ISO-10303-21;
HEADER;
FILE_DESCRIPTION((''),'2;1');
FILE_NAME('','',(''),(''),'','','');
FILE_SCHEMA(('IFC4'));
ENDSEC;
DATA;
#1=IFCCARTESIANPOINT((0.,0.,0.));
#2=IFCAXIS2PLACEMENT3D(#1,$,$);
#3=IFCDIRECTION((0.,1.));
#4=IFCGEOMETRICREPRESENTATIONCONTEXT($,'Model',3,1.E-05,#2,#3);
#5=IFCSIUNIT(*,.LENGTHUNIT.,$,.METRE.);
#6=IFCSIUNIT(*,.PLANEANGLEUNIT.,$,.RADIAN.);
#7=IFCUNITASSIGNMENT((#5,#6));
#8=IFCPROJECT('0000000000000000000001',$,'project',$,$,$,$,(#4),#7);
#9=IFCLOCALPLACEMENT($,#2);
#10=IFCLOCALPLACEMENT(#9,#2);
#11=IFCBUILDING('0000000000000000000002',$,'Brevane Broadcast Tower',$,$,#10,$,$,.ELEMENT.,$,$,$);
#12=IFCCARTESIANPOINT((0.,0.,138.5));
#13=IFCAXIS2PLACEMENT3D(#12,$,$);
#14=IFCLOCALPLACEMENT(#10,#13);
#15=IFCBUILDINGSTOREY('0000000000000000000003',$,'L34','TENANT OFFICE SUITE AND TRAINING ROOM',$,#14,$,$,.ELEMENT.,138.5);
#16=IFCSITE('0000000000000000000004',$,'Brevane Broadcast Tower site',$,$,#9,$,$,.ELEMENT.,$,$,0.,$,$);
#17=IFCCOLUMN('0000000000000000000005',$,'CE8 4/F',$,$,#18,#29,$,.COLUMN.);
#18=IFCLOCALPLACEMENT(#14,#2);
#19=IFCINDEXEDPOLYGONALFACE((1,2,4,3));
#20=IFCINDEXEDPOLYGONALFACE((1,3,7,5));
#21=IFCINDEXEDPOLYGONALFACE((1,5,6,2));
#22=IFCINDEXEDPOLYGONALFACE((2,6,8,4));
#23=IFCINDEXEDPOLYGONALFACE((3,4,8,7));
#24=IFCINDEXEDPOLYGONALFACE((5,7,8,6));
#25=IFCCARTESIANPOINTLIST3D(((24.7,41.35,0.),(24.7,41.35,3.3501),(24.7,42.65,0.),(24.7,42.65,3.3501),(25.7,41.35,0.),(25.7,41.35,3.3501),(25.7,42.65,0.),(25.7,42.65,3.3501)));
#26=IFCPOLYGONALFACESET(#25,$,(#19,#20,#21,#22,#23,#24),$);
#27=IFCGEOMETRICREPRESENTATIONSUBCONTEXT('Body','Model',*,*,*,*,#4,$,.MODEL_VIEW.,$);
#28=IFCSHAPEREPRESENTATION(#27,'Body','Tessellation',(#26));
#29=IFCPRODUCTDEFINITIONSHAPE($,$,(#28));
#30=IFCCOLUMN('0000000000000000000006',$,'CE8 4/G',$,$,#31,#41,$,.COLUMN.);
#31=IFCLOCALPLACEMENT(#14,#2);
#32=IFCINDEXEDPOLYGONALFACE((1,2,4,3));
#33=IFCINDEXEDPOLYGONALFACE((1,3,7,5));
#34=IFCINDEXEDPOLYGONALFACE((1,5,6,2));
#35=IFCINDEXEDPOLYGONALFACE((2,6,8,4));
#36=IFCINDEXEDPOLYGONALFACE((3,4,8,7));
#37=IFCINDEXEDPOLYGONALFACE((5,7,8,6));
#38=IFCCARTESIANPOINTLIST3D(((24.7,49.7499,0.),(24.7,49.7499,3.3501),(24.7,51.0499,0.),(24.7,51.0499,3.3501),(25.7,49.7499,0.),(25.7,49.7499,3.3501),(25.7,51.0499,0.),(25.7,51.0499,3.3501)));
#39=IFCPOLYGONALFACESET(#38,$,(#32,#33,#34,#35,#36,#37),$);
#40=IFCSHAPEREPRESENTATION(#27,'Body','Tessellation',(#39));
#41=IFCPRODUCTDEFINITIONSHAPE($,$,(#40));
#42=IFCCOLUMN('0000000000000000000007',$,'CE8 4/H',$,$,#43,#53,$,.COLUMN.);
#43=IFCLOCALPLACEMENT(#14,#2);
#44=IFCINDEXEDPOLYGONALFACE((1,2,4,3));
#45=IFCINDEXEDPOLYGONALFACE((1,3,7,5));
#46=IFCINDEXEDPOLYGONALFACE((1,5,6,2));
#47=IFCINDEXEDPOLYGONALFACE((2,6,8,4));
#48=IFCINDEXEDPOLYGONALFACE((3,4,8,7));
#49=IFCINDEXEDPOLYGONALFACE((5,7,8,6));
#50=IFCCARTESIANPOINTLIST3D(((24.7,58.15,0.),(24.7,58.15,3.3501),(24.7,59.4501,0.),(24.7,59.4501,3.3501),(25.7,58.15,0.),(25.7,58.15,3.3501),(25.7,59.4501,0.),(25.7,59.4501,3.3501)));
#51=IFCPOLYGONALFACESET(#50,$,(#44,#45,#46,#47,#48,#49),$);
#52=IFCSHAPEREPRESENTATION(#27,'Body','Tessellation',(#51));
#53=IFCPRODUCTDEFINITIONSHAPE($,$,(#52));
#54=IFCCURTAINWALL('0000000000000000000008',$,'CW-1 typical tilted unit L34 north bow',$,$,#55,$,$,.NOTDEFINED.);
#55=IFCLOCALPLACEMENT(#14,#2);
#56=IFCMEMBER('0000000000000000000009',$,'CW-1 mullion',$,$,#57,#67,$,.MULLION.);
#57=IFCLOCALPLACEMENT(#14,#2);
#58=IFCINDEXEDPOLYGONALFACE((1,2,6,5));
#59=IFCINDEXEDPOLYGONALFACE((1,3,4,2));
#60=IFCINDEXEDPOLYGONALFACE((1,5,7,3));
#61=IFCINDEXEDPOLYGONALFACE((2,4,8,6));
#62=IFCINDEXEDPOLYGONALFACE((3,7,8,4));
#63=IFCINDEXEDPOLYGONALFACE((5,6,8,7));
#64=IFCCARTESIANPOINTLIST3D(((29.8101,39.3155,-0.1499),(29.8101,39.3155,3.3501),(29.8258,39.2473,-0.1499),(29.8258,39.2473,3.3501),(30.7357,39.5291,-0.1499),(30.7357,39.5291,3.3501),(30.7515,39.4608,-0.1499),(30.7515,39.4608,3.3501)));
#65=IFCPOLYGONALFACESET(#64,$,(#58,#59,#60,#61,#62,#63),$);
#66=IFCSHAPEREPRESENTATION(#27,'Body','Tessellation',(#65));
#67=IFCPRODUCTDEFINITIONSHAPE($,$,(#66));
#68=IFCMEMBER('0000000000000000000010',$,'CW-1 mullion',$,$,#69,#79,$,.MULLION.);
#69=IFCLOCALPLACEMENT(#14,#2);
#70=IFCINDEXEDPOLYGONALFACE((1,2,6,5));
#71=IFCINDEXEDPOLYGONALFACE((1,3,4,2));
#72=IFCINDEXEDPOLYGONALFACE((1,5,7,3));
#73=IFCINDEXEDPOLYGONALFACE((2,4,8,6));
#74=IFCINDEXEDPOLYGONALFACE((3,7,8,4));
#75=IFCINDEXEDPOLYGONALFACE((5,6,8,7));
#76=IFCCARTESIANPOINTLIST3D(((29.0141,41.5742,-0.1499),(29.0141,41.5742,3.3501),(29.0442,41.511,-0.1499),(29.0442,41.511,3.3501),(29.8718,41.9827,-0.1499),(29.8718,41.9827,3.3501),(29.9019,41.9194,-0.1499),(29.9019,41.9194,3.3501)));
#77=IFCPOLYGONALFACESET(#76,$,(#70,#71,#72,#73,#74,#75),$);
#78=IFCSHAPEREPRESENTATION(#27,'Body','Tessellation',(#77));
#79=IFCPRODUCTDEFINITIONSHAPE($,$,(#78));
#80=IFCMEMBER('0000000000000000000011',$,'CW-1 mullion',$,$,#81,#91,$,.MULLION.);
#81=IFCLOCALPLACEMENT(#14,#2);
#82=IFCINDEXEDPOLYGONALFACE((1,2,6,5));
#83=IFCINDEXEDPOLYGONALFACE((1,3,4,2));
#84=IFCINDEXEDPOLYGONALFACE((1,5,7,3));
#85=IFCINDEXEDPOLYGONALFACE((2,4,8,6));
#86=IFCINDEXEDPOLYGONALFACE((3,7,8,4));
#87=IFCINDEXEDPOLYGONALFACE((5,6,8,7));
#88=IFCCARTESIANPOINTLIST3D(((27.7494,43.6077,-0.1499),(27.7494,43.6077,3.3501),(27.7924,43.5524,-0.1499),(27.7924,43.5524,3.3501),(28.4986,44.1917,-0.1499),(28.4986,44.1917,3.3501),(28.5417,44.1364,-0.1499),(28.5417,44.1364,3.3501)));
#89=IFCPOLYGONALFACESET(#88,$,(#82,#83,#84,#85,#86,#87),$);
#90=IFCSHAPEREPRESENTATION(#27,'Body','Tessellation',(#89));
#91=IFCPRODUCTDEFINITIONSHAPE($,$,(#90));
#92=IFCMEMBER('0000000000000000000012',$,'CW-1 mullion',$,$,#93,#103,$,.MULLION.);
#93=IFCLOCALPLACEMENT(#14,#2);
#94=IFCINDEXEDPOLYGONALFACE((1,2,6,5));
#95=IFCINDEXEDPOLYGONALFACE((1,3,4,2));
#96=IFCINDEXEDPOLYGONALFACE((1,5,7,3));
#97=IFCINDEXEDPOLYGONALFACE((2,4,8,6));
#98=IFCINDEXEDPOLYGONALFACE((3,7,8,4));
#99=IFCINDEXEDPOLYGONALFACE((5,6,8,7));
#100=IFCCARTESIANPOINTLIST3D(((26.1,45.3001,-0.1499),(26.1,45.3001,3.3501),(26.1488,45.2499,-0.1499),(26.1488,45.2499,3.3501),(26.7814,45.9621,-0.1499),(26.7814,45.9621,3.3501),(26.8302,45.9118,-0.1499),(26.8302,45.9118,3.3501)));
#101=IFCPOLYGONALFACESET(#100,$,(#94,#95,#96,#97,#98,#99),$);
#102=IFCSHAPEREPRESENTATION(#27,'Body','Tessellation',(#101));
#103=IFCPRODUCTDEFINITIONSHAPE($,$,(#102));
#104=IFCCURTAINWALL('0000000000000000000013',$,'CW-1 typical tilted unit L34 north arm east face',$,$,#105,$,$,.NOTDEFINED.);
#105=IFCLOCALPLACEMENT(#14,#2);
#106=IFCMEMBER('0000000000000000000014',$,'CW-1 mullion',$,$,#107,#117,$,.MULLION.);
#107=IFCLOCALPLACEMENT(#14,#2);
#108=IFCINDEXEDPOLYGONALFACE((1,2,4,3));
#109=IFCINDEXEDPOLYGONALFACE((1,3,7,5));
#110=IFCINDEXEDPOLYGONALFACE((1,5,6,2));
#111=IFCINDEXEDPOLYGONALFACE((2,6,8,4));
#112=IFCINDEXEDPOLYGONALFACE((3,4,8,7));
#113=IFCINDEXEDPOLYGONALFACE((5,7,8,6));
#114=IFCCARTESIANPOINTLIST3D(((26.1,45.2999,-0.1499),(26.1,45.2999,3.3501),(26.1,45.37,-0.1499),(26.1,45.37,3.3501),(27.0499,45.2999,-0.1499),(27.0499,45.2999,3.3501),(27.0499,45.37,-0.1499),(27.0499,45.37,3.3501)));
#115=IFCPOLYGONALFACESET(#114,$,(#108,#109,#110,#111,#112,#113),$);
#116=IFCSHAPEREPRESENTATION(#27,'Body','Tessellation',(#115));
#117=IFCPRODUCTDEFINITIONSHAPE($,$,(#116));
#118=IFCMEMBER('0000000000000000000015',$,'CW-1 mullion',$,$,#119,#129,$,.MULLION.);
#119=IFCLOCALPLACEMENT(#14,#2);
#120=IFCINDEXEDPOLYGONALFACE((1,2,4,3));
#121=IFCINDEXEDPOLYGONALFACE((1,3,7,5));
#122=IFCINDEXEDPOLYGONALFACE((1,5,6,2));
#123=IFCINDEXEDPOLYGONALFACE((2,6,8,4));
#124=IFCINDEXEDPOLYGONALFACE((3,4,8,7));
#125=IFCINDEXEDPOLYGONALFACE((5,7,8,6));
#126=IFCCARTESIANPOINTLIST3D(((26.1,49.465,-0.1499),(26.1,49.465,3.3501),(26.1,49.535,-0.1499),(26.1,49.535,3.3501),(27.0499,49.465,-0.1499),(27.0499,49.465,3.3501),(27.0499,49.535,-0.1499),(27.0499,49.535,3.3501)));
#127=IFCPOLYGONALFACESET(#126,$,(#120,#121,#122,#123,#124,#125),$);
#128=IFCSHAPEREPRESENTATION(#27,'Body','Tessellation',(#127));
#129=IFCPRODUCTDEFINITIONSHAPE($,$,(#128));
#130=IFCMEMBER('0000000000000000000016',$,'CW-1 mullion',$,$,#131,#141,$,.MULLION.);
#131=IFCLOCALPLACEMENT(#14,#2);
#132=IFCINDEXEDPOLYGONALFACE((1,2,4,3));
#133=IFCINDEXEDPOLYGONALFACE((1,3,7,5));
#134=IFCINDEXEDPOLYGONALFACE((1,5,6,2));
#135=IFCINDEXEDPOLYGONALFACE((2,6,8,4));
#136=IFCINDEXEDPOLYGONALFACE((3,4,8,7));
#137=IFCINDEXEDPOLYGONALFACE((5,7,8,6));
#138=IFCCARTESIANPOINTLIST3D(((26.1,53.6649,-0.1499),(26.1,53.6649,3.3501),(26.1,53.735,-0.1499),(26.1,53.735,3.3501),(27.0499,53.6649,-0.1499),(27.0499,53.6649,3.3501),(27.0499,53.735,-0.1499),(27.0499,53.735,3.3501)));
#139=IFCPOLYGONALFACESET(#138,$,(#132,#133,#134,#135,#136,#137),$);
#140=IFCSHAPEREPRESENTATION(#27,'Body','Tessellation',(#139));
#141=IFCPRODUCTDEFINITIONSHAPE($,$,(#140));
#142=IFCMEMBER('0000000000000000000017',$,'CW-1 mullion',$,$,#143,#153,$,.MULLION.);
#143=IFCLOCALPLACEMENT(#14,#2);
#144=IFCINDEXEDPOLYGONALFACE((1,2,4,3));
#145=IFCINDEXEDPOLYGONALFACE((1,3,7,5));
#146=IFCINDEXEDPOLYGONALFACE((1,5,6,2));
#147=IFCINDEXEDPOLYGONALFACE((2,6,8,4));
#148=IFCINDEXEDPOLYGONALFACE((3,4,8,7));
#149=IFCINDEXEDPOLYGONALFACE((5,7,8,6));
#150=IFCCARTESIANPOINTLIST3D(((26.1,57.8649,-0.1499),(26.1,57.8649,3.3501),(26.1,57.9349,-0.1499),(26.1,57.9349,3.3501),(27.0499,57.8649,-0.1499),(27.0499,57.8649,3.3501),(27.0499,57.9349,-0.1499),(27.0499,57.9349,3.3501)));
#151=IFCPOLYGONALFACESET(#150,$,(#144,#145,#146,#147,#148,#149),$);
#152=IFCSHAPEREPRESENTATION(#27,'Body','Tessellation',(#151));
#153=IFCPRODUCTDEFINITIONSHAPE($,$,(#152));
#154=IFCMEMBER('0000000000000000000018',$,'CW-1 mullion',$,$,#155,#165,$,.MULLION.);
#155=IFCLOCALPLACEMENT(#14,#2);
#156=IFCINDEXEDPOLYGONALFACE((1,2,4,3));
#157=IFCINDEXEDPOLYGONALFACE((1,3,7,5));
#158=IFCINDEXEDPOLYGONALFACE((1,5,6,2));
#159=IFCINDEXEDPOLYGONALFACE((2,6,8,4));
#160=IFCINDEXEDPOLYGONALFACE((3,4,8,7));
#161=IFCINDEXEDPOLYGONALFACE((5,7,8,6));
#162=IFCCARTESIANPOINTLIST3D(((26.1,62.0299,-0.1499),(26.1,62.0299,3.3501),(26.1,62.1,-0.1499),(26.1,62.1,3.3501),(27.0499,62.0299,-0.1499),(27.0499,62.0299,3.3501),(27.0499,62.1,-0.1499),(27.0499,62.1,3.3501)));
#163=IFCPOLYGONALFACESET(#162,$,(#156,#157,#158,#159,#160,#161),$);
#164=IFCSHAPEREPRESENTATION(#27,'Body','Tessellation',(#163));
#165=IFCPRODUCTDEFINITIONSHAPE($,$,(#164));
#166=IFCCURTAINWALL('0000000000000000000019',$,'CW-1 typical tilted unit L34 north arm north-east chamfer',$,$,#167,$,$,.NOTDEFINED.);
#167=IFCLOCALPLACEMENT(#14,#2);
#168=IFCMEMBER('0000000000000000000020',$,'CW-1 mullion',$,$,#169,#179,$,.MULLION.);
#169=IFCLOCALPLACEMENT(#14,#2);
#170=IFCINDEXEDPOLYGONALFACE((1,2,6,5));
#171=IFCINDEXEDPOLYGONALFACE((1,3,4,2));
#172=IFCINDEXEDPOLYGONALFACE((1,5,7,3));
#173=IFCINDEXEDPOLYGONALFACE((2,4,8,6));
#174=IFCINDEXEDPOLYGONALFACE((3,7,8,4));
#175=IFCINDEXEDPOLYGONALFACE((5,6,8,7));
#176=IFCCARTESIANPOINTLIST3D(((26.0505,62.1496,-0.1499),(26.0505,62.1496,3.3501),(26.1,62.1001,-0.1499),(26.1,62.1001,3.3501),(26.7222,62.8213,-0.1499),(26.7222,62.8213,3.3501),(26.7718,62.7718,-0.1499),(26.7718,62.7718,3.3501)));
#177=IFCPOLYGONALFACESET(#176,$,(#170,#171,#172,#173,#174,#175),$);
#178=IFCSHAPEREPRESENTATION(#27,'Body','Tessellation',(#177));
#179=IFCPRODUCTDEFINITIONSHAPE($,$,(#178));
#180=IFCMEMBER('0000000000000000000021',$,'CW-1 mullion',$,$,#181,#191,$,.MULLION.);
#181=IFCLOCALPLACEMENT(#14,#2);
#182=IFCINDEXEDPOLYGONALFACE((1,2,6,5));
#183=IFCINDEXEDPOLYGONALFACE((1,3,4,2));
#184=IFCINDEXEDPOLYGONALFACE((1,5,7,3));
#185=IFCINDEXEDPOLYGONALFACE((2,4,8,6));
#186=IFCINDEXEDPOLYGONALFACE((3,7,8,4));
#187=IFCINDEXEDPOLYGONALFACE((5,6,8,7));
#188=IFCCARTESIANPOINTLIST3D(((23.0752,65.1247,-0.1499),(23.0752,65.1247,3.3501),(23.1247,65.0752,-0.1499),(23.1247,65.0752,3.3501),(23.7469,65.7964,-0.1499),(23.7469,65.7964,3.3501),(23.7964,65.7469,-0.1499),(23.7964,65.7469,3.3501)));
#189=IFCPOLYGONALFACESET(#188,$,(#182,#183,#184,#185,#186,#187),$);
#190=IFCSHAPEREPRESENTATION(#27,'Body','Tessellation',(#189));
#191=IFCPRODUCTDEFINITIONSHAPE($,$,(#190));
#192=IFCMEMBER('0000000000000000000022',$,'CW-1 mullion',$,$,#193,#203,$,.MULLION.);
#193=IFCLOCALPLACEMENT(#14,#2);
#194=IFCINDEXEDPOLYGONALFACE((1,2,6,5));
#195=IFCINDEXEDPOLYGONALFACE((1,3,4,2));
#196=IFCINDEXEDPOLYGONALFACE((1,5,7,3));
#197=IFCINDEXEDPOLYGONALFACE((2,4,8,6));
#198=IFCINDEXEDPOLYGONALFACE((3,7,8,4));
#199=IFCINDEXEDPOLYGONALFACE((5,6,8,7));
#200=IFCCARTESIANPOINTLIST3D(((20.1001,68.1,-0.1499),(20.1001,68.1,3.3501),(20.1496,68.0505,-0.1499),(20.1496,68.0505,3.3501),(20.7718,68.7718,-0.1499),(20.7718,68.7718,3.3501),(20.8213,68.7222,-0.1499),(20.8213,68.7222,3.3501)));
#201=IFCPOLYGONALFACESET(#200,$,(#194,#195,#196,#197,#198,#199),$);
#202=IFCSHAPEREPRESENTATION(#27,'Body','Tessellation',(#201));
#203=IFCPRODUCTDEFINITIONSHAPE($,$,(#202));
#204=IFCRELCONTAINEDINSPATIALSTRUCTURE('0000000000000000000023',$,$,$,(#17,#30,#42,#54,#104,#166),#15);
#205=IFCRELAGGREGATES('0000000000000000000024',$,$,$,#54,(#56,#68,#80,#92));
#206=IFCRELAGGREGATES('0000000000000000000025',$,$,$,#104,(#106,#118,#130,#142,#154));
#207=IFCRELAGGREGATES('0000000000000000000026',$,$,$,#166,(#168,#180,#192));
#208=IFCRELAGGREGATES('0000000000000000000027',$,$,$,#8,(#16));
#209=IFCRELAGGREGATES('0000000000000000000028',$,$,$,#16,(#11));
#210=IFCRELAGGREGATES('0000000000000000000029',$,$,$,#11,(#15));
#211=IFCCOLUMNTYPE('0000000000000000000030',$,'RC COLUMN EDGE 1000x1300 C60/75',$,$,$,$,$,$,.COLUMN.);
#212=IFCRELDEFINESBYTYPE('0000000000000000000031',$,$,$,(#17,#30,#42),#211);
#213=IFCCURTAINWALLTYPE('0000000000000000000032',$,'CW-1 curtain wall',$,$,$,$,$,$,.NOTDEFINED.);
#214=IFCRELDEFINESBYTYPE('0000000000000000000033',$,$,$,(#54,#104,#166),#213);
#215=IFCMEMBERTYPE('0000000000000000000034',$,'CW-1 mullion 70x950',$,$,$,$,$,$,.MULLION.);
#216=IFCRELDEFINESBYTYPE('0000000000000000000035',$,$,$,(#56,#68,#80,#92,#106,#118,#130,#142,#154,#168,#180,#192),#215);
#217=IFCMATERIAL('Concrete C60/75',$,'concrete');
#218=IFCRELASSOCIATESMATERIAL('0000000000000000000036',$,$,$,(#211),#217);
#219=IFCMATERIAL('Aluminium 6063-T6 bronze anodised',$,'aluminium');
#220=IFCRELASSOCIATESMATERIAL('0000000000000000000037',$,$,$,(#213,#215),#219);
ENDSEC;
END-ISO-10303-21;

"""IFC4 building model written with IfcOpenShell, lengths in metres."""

from ifc_helpers import new_model, si_unit, direction, frame, origin, origin_2d, place, context, subcontext, project, spatial, rectangle, extrude, material, material_profile, profile_set, type_object, element, aggregate, save


model = new_model("IFC4")

# Units and contexts
model_context = context("Model", 3, precision=1e-05, world=origin(), true_north=direction((0.0, 1.0)))
body_context = subcontext(model_context, "Body", "Model", "MODEL_VIEW")
ifc_project = project(units=[si_unit("LENGTHUNIT", "METRE"), si_unit("PLANEANGLEUNIT", "RADIAN")], contexts=[model_context])

# Site, building, storey
site_placement = place(None, origin())
site = spatial("IfcSite", under=ifc_project, at=site_placement, Name="Brevane Broadcast Tower site", CompositionType="ELEMENT", RefElevation=0.0)
building_placement = place(site_placement, origin())
building = spatial("IfcBuilding", under=site, at=building_placement, Name="Brevane Broadcast Tower", CompositionType="ELEMENT")
storey_placement = place(building_placement, frame((0.0, 0.0, 138.5)))
storey = spatial("IfcBuildingStorey", under=building, at=storey_placement, Name="L34", Description="TENANT OFFICE SUITE AND TRAINING ROOM", CompositionType="ELEMENT", Elevation=138.5)

# Columns
ifc_material_1 = material(Name="Concrete C60/75", Category="concrete")
ifc_material_profile_1 = material_profile(ifc_material_1, rectangle(XDim=1.0, YDim=1.3, at=origin_2d()), Name="RC 1000x1300")
ifc_profile_set_1 = profile_set([ifc_material_profile_1], Name="Concrete C60/75")
column_type = type_object("IfcColumnType", Name="RC COLUMN EDGE 1000x1300 C60/75", PredefinedType="COLUMN", material=ifc_profile_set_1)
for number, where, z_axis, x_axis, name in (
    (1, (25.2, 42.0, 0.0), (0.0, 0.0, 1.0), (1.0, 0.0, 0.0), "CE8 4/F"),
    (2, (25.2, 50.3999, 0.0), (0.0, 0.0, 1.0), (1.0, 0.0, 0.0), "CE8 4/G"),
    (3, (25.2, 58.8, 0.0), (0.0, 0.0, 1.0), (1.0, 0.0, 0.0), "CE8 4/H"),
):
    element("IfcColumn", number, at=place(storey_placement, frame(where, z_axis=z_axis, x_axis=x_axis)), inside=storey, type_object=column_type, Name=name, PredefinedType="COLUMN", context=body_context, shape_type="SweptSolid", body=[
        extrude(rectangle(XDim=1.0, YDim=1.3, at=origin_2d()), origin(), (0.0, 0.0, 1.0), 3.3501),
    ])

# Curtain walls, members
ifc_material_2 = material(Name="Aluminium 6063-T6 bronze anodised", Category="aluminium")
curtain_wall_type = type_object("IfcCurtainWallType", Name="CW-1 curtain wall", PredefinedType="NOTDEFINED", material=ifc_material_2)
curtain_wall_1_placement = place(storey_placement, origin())
curtain_wall_1 = element("IfcCurtainWall", 4, at=curtain_wall_1_placement, inside=storey, type_object=curtain_wall_type, Name="CW-1 typical tilted unit L34 north bow", PredefinedType="NOTDEFINED")
ifc_material_profile_2 = material_profile(ifc_material_2, rectangle(XDim=0.95, YDim=0.0701, at=origin_2d()), Name="RECT 70x950")
ifc_profile_set_2 = profile_set([ifc_material_profile_2], Name="Aluminium 6063-T6 bronze anodised")
member_type_1 = type_object("IfcMemberType", Name="CW-1 mullion 70x950", PredefinedType="MULLION", material=ifc_profile_set_2)
member_1_placement = place(storey_placement, frame((30.2808, 39.3882, -0.1499), z_axis=(0.0, 0.0, 1.0), x_axis=(-0.974403, -0.224806, 0.0)))
member_1 = element("IfcMember", 5, at=member_1_placement, type_object=member_type_1, Name="CW-1 mullion", PredefinedType="MULLION", context=body_context, shape_type="SweptSolid", body=[
    extrude(rectangle(XDim=0.95, YDim=0.0701, at=origin_2d()), origin(), (0.0, 0.0, 1.0), 3.5),
])
member_2_placement = place(storey_placement, frame((29.458, 41.7468, -0.1499), z_axis=(0.0, 0.0, 1.0), x_axis=(-0.902861, -0.429934, 0.0)))
member_2 = element("IfcMember", 6, at=member_2_placement, type_object=member_type_1, Name="CW-1 mullion", PredefinedType="MULLION", context=body_context, shape_type="SweptSolid", body=[
    extrude(rectangle(XDim=0.95, YDim=0.0701, at=origin_2d()), origin(), (0.0, 0.0, 1.0), 3.5),
])
member_3_placement = place(storey_placement, frame((28.1455, 43.8721, -0.1499), z_axis=(0.0, 0.0, 1.0), x_axis=(-0.788707, -0.61477, 0.0)))
member_3 = element("IfcMember", 7, at=member_3_placement, type_object=member_type_1, Name="CW-1 mullion", PredefinedType="MULLION", context=body_context, shape_type="SweptSolid", body=[
    extrude(rectangle(XDim=0.95, YDim=0.0701, at=origin_2d()), origin(), (0.0, 0.0, 1.0), 3.5),
])
member_4_placement = place(storey_placement, frame((26.4651, 45.606, -0.1499), z_axis=(0.0, 0.0, 1.0), x_axis=(-0.717254, -0.696812, 0.0)))
member_4 = element("IfcMember", 8, at=member_4_placement, type_object=member_type_1, Name="CW-1 mullion", PredefinedType="MULLION", context=body_context, shape_type="SweptSolid", body=[
    extrude(rectangle(XDim=0.95, YDim=0.0701, at=origin_2d()), origin(), (0.0, 0.0, 1.0), 3.5),
])
curtain_wall_2_placement = place(storey_placement, origin())
curtain_wall_2 = element("IfcCurtainWall", 9, at=curtain_wall_2_placement, inside=storey, type_object=curtain_wall_type, Name="CW-1 typical tilted unit L34 north arm east face", PredefinedType="NOTDEFINED")
member_5_placement = place(storey_placement, frame((26.575, 45.335, -0.1499), z_axis=(0.0, 0.0, 1.0), x_axis=(-1.0, 0.0, 0.0)))
member_5 = element("IfcMember", 10, at=member_5_placement, type_object=member_type_1, Name="CW-1 mullion", PredefinedType="MULLION", context=body_context, shape_type="SweptSolid", body=[
    extrude(rectangle(XDim=0.95, YDim=0.0701, at=origin_2d()), origin(), (0.0, 0.0, 1.0), 3.5),
])
member_6_placement = place(storey_placement, frame((26.575, 49.5, -0.1499), z_axis=(0.0, 0.0, 1.0), x_axis=(-1.0, 0.0, 0.0)))
member_6 = element("IfcMember", 11, at=member_6_placement, type_object=member_type_1, Name="CW-1 mullion", PredefinedType="MULLION", context=body_context, shape_type="SweptSolid", body=[
    extrude(rectangle(XDim=0.95, YDim=0.0701, at=origin_2d()), origin(), (0.0, 0.0, 1.0), 3.5),
])
member_7_placement = place(storey_placement, frame((26.575, 53.7, -0.1499), z_axis=(0.0, 0.0, 1.0), x_axis=(-1.0, 0.0, 0.0)))
member_7 = element("IfcMember", 12, at=member_7_placement, type_object=member_type_1, Name="CW-1 mullion", PredefinedType="MULLION", context=body_context, shape_type="SweptSolid", body=[
    extrude(rectangle(XDim=0.95, YDim=0.0701, at=origin_2d()), origin(), (0.0, 0.0, 1.0), 3.5),
])
member_8_placement = place(storey_placement, frame((26.575, 57.8999, -0.1499), z_axis=(0.0, 0.0, 1.0), x_axis=(-1.0, 0.0, 0.0)))
member_8 = element("IfcMember", 13, at=member_8_placement, type_object=member_type_1, Name="CW-1 mullion", PredefinedType="MULLION", context=body_context, shape_type="SweptSolid", body=[
    extrude(rectangle(XDim=0.95, YDim=0.0701, at=origin_2d()), origin(), (0.0, 0.0, 1.0), 3.5),
])
member_9_placement = place(storey_placement, frame((26.575, 62.0649, -0.1499), z_axis=(0.0, 0.0, 1.0), x_axis=(-1.0, 0.0, 0.0)))
member_9 = element("IfcMember", 14, at=member_9_placement, type_object=member_type_1, Name="CW-1 mullion", PredefinedType="MULLION", context=body_context, shape_type="SweptSolid", body=[
    extrude(rectangle(XDim=0.95, YDim=0.0701, at=origin_2d()), origin(), (0.0, 0.0, 1.0), 3.5),
])
curtain_wall_3_placement = place(storey_placement, origin())
curtain_wall_3 = element("IfcCurtainWall", 15, at=curtain_wall_3_placement, inside=storey, type_object=curtain_wall_type, Name="CW-1 typical tilted unit L34 north arm north-east chamfer", PredefinedType="NOTDEFINED")
member_10_placement = place(storey_placement, frame((26.4111, 62.4607, -0.1499), z_axis=(0.0, 0.0, 1.0), x_axis=(-0.707107, -0.707107, 0.0)))
member_10 = element("IfcMember", 16, at=member_10_placement, type_object=member_type_1, Name="CW-1 mullion", PredefinedType="MULLION", context=body_context, shape_type="SweptSolid", body=[
    extrude(rectangle(XDim=0.95, YDim=0.0701, at=origin_2d()), origin(), (0.0, 0.0, 1.0), 3.5),
])
member_11_placement = place(storey_placement, frame((23.4358, 65.4358, -0.1499), z_axis=(0.0, 0.0, 1.0), x_axis=(-0.707107, -0.707107, 0.0)))
member_11 = element("IfcMember", 17, at=member_11_placement, type_object=member_type_1, Name="CW-1 mullion", PredefinedType="MULLION", context=body_context, shape_type="SweptSolid", body=[
    extrude(rectangle(XDim=0.95, YDim=0.0701, at=origin_2d()), origin(), (0.0, 0.0, 1.0), 3.5),
])
member_12_placement = place(storey_placement, frame((20.4607, 68.4111, -0.1499), z_axis=(0.0, 0.0, 1.0), x_axis=(-0.707107, -0.707107, 0.0)))
member_12 = element("IfcMember", 18, at=member_12_placement, type_object=member_type_1, Name="CW-1 mullion", PredefinedType="MULLION", context=body_context, shape_type="SweptSolid", body=[
    extrude(rectangle(XDim=0.95, YDim=0.0701, at=origin_2d()), origin(), (0.0, 0.0, 1.0), 3.5),
])

aggregate(curtain_wall_1, [member_1, member_2, member_3, member_4])
aggregate(curtain_wall_2, [member_5, member_6, member_7, member_8, member_9])
aggregate(curtain_wall_3, [member_10, member_11, member_12])

save(model, "model.ifc")
